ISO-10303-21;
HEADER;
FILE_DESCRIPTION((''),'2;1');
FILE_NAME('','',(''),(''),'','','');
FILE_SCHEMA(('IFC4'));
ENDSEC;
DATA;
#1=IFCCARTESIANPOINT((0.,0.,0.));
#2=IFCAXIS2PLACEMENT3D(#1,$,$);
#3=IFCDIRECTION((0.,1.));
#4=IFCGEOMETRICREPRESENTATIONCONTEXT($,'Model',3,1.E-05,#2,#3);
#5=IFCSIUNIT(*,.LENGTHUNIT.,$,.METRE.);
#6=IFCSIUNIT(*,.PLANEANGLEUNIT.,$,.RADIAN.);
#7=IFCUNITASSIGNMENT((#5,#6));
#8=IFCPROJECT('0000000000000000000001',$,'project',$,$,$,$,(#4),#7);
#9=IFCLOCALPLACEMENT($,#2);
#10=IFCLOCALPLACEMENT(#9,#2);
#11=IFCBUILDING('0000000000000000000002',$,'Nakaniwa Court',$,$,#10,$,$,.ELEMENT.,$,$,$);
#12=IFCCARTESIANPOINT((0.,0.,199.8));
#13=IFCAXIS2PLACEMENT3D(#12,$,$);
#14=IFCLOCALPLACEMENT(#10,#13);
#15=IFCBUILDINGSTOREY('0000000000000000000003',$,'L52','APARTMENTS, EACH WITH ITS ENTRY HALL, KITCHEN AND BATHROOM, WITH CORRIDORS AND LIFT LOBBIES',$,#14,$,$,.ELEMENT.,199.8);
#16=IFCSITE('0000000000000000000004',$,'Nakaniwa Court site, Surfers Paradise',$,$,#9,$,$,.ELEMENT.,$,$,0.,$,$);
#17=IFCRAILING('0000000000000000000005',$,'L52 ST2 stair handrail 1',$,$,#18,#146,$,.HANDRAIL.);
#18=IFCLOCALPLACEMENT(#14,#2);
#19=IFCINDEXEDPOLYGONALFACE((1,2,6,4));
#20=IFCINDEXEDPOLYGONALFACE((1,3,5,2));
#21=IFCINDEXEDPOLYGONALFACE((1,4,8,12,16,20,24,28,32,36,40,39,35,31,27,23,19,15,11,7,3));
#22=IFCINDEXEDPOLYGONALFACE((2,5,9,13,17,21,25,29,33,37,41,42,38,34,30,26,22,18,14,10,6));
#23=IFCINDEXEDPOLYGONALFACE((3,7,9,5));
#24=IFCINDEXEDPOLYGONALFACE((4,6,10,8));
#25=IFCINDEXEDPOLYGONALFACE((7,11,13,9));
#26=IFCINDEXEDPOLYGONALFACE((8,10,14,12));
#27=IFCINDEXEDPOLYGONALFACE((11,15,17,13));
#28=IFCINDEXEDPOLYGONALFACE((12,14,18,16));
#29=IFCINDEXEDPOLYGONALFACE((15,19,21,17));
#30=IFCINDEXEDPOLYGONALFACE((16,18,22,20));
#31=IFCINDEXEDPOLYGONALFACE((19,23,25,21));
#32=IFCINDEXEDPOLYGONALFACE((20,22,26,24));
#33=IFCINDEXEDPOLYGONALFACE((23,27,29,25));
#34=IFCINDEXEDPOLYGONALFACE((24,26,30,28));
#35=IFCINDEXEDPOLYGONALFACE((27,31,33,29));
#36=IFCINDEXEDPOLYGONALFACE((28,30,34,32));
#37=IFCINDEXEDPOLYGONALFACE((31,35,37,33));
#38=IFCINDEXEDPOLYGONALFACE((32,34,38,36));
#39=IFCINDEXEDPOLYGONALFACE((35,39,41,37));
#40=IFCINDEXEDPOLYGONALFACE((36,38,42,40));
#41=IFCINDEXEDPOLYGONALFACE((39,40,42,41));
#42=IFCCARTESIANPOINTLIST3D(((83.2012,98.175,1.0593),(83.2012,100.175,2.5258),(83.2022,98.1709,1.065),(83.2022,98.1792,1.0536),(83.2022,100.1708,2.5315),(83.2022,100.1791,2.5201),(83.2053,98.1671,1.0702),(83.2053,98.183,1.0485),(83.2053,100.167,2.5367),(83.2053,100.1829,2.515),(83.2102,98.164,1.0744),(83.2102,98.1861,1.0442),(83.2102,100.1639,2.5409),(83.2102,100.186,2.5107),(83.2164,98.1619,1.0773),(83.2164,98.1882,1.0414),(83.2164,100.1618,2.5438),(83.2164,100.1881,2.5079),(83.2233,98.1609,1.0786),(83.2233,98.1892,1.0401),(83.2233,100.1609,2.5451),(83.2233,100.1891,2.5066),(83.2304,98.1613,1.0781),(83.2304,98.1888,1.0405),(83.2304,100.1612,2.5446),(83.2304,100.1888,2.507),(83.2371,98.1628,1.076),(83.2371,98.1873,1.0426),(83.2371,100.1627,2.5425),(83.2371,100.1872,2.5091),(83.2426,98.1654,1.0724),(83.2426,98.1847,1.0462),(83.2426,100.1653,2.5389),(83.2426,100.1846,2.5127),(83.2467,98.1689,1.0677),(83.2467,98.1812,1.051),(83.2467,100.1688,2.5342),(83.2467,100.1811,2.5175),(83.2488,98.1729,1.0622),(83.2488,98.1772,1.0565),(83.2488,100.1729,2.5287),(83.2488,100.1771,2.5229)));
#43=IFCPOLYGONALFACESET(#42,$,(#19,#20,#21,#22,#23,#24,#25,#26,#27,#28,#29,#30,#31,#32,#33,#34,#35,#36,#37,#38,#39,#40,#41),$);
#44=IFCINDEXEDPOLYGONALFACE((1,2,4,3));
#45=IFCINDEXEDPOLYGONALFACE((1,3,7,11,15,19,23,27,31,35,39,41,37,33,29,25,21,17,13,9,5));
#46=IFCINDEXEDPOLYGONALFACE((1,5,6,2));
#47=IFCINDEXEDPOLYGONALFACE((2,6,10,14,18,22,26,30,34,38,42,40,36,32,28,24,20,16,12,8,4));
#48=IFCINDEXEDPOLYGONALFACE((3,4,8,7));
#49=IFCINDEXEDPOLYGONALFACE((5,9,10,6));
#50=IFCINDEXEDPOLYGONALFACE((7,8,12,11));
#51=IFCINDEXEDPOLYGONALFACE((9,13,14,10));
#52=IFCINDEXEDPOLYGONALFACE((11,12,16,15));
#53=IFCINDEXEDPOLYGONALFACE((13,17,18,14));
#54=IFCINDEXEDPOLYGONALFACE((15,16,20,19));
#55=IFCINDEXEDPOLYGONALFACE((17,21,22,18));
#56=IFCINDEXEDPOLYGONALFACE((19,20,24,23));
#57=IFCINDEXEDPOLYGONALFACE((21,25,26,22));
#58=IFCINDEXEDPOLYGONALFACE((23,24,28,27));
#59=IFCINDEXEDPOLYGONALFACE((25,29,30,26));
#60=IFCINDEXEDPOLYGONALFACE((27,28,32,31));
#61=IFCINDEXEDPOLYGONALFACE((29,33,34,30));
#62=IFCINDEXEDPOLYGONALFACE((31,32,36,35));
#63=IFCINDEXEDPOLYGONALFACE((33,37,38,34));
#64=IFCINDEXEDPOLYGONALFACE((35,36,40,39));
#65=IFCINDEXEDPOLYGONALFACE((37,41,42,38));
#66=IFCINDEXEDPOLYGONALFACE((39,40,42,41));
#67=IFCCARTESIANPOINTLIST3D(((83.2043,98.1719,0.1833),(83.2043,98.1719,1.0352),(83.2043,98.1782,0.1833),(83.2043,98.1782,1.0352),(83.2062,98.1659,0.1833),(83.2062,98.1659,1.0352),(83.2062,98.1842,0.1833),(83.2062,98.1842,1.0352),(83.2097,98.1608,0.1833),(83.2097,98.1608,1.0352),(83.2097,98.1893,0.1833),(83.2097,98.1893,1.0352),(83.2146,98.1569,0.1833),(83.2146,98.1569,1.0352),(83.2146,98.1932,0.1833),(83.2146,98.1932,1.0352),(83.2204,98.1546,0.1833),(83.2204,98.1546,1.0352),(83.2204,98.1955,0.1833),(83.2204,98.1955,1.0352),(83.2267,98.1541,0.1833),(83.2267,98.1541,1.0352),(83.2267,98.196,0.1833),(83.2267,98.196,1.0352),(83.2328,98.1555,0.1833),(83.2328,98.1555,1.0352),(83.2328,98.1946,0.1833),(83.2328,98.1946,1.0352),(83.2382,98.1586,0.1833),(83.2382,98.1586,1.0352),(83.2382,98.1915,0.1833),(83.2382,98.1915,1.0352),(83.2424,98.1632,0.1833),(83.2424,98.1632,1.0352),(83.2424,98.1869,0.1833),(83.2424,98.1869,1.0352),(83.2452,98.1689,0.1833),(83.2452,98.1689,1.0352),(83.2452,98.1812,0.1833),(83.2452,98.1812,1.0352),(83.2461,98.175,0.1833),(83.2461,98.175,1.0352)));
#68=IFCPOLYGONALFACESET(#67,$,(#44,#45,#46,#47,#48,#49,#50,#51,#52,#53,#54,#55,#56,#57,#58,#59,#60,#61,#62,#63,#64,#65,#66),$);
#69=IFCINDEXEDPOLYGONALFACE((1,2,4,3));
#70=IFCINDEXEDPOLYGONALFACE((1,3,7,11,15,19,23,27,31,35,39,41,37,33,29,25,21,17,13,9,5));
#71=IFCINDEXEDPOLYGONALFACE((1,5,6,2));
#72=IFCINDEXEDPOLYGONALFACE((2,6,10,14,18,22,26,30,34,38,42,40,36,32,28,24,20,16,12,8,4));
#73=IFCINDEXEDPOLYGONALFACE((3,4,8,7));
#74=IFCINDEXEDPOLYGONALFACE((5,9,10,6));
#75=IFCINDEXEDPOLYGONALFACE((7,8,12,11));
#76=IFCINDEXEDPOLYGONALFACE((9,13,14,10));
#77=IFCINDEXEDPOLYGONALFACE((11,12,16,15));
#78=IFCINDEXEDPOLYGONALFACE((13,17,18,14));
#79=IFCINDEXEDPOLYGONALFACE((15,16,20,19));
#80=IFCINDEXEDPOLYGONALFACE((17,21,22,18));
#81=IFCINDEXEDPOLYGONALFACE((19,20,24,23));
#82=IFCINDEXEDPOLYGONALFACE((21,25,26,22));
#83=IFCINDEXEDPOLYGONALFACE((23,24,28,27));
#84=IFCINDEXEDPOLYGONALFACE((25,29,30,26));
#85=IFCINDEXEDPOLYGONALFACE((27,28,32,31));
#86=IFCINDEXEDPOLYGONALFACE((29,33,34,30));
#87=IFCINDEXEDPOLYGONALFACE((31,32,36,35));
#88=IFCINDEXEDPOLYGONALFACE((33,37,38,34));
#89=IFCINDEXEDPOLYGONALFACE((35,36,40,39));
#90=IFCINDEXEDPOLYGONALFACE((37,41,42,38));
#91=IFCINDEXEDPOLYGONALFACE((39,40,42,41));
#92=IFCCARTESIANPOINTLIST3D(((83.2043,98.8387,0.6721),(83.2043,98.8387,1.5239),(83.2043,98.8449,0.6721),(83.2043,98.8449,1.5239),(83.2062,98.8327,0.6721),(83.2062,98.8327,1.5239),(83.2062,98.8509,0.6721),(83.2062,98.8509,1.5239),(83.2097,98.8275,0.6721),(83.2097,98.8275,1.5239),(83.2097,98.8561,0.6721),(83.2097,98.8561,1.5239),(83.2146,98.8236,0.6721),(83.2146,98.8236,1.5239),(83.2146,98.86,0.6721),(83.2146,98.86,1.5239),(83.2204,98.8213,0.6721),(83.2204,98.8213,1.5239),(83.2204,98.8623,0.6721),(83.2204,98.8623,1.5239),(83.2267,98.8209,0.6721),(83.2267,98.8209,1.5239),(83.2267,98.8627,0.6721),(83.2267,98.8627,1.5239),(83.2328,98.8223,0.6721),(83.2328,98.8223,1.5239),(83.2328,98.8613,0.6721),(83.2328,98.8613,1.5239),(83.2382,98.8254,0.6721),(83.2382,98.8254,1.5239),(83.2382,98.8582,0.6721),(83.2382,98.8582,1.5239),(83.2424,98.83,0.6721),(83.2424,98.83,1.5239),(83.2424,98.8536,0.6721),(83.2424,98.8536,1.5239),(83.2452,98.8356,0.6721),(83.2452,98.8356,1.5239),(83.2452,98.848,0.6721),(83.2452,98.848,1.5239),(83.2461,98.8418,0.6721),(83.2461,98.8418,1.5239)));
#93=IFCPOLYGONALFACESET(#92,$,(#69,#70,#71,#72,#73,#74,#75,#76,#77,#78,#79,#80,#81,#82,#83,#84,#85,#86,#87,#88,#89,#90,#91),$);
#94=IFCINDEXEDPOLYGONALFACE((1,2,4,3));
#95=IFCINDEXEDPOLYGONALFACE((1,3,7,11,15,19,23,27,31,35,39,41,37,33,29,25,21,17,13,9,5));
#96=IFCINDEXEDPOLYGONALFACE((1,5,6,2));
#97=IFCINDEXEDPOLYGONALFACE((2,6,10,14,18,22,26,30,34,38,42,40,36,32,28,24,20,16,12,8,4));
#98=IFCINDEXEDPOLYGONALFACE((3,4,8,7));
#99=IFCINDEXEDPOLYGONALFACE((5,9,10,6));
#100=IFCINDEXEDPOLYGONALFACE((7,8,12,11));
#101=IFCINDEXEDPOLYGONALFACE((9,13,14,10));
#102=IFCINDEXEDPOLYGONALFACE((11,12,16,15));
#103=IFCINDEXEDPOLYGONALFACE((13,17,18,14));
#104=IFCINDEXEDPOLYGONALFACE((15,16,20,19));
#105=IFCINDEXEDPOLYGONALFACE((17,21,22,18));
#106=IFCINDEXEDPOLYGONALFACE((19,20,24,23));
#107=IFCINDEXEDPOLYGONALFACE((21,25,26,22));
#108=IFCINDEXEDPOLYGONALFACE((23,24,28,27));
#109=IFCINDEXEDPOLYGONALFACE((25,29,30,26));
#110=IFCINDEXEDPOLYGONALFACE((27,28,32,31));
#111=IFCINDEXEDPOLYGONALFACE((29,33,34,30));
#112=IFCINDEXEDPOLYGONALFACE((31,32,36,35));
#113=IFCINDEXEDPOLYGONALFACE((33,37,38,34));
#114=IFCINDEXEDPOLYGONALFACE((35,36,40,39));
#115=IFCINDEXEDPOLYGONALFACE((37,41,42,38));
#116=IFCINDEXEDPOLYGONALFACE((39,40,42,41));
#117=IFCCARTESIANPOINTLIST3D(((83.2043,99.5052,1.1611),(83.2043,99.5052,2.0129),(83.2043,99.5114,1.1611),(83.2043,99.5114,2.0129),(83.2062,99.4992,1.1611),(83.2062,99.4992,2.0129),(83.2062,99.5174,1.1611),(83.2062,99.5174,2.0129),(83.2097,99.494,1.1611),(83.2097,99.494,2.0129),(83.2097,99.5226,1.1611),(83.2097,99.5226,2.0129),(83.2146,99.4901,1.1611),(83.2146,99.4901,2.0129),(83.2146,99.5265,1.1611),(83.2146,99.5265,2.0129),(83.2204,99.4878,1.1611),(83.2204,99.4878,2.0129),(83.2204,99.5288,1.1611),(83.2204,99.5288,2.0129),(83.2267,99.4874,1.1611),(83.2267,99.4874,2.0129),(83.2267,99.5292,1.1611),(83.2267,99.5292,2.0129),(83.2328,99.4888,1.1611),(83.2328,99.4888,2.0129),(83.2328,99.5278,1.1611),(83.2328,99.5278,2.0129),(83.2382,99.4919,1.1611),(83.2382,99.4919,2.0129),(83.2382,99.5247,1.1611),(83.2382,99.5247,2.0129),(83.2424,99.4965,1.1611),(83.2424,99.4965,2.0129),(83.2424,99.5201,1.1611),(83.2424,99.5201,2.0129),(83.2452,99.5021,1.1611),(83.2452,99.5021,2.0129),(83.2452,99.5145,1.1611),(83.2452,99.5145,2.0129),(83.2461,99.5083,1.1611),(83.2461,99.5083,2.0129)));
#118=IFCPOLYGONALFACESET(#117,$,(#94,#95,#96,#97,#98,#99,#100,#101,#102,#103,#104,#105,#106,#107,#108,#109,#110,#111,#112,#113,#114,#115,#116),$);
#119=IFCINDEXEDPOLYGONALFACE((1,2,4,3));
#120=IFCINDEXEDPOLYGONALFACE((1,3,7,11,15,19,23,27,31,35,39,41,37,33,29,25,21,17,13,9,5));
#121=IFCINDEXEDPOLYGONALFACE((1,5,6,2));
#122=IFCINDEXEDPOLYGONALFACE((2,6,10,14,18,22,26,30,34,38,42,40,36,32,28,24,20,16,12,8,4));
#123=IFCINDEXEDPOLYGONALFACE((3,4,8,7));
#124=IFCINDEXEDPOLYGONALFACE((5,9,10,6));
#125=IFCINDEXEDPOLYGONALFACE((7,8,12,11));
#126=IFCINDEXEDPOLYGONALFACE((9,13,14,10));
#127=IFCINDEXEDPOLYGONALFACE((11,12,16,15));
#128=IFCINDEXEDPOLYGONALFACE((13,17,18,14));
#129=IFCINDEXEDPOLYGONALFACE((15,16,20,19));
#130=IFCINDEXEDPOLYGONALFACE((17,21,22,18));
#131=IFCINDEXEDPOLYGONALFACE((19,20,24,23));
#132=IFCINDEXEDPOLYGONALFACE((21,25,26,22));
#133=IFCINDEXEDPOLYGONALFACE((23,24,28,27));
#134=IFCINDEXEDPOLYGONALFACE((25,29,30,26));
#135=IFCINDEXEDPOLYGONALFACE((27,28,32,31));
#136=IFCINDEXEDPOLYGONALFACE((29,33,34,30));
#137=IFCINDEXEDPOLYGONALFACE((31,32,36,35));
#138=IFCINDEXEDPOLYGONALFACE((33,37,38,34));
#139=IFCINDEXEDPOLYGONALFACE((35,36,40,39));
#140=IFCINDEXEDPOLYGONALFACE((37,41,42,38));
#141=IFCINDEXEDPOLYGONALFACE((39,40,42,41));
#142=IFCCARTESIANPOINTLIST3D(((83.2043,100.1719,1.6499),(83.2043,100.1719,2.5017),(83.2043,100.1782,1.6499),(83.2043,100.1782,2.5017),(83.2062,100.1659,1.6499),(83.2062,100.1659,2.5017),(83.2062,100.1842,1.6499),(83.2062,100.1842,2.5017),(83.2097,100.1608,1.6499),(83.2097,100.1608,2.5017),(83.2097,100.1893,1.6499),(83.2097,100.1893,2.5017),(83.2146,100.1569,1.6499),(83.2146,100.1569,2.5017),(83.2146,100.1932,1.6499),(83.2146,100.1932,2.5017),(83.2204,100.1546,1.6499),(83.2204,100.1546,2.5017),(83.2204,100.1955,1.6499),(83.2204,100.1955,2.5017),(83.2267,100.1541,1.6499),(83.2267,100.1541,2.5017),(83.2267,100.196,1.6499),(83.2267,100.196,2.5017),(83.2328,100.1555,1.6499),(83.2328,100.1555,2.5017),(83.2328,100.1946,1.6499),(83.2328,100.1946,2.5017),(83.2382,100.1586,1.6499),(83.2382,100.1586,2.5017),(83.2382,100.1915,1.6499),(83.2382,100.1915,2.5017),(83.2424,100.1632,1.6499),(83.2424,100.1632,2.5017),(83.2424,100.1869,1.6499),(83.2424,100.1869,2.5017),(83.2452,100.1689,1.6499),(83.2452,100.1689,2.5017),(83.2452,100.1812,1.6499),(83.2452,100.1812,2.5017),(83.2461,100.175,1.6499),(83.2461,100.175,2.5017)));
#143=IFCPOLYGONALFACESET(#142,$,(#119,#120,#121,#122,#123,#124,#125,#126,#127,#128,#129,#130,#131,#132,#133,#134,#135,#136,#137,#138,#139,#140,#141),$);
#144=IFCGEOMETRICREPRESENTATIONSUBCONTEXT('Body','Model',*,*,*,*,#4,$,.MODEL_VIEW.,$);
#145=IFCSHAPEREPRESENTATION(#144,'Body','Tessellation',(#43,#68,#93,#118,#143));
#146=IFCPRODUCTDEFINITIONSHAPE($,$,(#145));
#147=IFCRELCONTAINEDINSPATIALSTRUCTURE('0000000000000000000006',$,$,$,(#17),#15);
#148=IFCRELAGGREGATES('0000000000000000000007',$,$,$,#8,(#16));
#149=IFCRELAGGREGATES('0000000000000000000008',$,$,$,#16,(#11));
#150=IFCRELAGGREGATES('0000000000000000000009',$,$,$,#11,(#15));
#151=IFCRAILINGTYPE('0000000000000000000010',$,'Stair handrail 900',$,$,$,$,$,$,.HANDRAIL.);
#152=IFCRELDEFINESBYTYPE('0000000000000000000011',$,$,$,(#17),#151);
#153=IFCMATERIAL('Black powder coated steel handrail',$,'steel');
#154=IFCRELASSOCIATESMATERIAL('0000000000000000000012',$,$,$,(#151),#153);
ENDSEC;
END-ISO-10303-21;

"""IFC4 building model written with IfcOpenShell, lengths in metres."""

from ifc_helpers import new_model, si_unit, direction, frame, origin, origin_2d, place, context, subcontext, project, spatial, circle, extrude, material, type_object, element, save


model = new_model("IFC4")

# Units and contexts
model_context = context("Model", 3, precision=1e-05, world=origin(), true_north=direction((0.0, 1.0)))
body_context = subcontext(model_context, "Body", "Model", "MODEL_VIEW")
ifc_project = project(units=[si_unit("LENGTHUNIT", "METRE"), si_unit("PLANEANGLEUNIT", "RADIAN")], contexts=[model_context])

# Site, building, storey
site_placement = place(None, origin())
site = spatial("IfcSite", under=ifc_project, at=site_placement, Name="Nakaniwa Court site, Surfers Paradise", CompositionType="ELEMENT", RefElevation=0.0)
building_placement = place(site_placement, origin())
building = spatial("IfcBuilding", under=site, at=building_placement, Name="Nakaniwa Court", CompositionType="ELEMENT")
storey_placement = place(building_placement, frame((0.0, 0.0, 199.8)))
storey = spatial("IfcBuildingStorey", under=building, at=storey_placement, Name="L52", Description="APARTMENTS, EACH WITH ITS ENTRY HALL, KITCHEN AND BATHROOM, WITH CORRIDORS AND LIFT LOBBIES", CompositionType="ELEMENT", Elevation=199.8)

# Railing
ifc_material_1 = material(Name="Black powder coated steel handrail", Category="steel")
railing_type_1 = type_object("IfcRailingType", Name="Stair handrail 900", PredefinedType="HANDRAIL", material=ifc_material_1)
railing_1_placement = place(storey_placement, frame((83.2251, 98.175, 0.1833)))
element("IfcRailing", 1, at=railing_1_placement, inside=storey, type_object=railing_type_1, Name="L52 ST2 stair handrail 1", PredefinedType="HANDRAIL", context=body_context, shape_type="SweptSolid", body=[
    extrude(circle(Radius=0.0239, at=origin_2d()), frame((0.0, 0.0, 0.876), z_axis=(0.0, 0.806427, 0.591334), x_axis=(-1.0, 0.0, 0.0)), (0.0, 0.0, 1.0), 2.48),
    extrude(circle(Radius=0.021, at=origin_2d()), origin(), (0.0, 0.0, 1.0), 0.8518),
    extrude(circle(Radius=0.021, at=origin_2d()), frame((0.0, 0.6667, 0.4888)), (0.0, 0.0, 1.0), 0.8518),
    extrude(circle(Radius=0.021, at=origin_2d()), frame((0.0, 1.3333, 0.9778)), (0.0, 0.0, 1.0), 0.8518),
    extrude(circle(Radius=0.021, at=origin_2d()), frame((0.0, 2.0, 1.4666)), (0.0, 0.0, 1.0), 0.8518),
])

save(model, "model.ifc")
